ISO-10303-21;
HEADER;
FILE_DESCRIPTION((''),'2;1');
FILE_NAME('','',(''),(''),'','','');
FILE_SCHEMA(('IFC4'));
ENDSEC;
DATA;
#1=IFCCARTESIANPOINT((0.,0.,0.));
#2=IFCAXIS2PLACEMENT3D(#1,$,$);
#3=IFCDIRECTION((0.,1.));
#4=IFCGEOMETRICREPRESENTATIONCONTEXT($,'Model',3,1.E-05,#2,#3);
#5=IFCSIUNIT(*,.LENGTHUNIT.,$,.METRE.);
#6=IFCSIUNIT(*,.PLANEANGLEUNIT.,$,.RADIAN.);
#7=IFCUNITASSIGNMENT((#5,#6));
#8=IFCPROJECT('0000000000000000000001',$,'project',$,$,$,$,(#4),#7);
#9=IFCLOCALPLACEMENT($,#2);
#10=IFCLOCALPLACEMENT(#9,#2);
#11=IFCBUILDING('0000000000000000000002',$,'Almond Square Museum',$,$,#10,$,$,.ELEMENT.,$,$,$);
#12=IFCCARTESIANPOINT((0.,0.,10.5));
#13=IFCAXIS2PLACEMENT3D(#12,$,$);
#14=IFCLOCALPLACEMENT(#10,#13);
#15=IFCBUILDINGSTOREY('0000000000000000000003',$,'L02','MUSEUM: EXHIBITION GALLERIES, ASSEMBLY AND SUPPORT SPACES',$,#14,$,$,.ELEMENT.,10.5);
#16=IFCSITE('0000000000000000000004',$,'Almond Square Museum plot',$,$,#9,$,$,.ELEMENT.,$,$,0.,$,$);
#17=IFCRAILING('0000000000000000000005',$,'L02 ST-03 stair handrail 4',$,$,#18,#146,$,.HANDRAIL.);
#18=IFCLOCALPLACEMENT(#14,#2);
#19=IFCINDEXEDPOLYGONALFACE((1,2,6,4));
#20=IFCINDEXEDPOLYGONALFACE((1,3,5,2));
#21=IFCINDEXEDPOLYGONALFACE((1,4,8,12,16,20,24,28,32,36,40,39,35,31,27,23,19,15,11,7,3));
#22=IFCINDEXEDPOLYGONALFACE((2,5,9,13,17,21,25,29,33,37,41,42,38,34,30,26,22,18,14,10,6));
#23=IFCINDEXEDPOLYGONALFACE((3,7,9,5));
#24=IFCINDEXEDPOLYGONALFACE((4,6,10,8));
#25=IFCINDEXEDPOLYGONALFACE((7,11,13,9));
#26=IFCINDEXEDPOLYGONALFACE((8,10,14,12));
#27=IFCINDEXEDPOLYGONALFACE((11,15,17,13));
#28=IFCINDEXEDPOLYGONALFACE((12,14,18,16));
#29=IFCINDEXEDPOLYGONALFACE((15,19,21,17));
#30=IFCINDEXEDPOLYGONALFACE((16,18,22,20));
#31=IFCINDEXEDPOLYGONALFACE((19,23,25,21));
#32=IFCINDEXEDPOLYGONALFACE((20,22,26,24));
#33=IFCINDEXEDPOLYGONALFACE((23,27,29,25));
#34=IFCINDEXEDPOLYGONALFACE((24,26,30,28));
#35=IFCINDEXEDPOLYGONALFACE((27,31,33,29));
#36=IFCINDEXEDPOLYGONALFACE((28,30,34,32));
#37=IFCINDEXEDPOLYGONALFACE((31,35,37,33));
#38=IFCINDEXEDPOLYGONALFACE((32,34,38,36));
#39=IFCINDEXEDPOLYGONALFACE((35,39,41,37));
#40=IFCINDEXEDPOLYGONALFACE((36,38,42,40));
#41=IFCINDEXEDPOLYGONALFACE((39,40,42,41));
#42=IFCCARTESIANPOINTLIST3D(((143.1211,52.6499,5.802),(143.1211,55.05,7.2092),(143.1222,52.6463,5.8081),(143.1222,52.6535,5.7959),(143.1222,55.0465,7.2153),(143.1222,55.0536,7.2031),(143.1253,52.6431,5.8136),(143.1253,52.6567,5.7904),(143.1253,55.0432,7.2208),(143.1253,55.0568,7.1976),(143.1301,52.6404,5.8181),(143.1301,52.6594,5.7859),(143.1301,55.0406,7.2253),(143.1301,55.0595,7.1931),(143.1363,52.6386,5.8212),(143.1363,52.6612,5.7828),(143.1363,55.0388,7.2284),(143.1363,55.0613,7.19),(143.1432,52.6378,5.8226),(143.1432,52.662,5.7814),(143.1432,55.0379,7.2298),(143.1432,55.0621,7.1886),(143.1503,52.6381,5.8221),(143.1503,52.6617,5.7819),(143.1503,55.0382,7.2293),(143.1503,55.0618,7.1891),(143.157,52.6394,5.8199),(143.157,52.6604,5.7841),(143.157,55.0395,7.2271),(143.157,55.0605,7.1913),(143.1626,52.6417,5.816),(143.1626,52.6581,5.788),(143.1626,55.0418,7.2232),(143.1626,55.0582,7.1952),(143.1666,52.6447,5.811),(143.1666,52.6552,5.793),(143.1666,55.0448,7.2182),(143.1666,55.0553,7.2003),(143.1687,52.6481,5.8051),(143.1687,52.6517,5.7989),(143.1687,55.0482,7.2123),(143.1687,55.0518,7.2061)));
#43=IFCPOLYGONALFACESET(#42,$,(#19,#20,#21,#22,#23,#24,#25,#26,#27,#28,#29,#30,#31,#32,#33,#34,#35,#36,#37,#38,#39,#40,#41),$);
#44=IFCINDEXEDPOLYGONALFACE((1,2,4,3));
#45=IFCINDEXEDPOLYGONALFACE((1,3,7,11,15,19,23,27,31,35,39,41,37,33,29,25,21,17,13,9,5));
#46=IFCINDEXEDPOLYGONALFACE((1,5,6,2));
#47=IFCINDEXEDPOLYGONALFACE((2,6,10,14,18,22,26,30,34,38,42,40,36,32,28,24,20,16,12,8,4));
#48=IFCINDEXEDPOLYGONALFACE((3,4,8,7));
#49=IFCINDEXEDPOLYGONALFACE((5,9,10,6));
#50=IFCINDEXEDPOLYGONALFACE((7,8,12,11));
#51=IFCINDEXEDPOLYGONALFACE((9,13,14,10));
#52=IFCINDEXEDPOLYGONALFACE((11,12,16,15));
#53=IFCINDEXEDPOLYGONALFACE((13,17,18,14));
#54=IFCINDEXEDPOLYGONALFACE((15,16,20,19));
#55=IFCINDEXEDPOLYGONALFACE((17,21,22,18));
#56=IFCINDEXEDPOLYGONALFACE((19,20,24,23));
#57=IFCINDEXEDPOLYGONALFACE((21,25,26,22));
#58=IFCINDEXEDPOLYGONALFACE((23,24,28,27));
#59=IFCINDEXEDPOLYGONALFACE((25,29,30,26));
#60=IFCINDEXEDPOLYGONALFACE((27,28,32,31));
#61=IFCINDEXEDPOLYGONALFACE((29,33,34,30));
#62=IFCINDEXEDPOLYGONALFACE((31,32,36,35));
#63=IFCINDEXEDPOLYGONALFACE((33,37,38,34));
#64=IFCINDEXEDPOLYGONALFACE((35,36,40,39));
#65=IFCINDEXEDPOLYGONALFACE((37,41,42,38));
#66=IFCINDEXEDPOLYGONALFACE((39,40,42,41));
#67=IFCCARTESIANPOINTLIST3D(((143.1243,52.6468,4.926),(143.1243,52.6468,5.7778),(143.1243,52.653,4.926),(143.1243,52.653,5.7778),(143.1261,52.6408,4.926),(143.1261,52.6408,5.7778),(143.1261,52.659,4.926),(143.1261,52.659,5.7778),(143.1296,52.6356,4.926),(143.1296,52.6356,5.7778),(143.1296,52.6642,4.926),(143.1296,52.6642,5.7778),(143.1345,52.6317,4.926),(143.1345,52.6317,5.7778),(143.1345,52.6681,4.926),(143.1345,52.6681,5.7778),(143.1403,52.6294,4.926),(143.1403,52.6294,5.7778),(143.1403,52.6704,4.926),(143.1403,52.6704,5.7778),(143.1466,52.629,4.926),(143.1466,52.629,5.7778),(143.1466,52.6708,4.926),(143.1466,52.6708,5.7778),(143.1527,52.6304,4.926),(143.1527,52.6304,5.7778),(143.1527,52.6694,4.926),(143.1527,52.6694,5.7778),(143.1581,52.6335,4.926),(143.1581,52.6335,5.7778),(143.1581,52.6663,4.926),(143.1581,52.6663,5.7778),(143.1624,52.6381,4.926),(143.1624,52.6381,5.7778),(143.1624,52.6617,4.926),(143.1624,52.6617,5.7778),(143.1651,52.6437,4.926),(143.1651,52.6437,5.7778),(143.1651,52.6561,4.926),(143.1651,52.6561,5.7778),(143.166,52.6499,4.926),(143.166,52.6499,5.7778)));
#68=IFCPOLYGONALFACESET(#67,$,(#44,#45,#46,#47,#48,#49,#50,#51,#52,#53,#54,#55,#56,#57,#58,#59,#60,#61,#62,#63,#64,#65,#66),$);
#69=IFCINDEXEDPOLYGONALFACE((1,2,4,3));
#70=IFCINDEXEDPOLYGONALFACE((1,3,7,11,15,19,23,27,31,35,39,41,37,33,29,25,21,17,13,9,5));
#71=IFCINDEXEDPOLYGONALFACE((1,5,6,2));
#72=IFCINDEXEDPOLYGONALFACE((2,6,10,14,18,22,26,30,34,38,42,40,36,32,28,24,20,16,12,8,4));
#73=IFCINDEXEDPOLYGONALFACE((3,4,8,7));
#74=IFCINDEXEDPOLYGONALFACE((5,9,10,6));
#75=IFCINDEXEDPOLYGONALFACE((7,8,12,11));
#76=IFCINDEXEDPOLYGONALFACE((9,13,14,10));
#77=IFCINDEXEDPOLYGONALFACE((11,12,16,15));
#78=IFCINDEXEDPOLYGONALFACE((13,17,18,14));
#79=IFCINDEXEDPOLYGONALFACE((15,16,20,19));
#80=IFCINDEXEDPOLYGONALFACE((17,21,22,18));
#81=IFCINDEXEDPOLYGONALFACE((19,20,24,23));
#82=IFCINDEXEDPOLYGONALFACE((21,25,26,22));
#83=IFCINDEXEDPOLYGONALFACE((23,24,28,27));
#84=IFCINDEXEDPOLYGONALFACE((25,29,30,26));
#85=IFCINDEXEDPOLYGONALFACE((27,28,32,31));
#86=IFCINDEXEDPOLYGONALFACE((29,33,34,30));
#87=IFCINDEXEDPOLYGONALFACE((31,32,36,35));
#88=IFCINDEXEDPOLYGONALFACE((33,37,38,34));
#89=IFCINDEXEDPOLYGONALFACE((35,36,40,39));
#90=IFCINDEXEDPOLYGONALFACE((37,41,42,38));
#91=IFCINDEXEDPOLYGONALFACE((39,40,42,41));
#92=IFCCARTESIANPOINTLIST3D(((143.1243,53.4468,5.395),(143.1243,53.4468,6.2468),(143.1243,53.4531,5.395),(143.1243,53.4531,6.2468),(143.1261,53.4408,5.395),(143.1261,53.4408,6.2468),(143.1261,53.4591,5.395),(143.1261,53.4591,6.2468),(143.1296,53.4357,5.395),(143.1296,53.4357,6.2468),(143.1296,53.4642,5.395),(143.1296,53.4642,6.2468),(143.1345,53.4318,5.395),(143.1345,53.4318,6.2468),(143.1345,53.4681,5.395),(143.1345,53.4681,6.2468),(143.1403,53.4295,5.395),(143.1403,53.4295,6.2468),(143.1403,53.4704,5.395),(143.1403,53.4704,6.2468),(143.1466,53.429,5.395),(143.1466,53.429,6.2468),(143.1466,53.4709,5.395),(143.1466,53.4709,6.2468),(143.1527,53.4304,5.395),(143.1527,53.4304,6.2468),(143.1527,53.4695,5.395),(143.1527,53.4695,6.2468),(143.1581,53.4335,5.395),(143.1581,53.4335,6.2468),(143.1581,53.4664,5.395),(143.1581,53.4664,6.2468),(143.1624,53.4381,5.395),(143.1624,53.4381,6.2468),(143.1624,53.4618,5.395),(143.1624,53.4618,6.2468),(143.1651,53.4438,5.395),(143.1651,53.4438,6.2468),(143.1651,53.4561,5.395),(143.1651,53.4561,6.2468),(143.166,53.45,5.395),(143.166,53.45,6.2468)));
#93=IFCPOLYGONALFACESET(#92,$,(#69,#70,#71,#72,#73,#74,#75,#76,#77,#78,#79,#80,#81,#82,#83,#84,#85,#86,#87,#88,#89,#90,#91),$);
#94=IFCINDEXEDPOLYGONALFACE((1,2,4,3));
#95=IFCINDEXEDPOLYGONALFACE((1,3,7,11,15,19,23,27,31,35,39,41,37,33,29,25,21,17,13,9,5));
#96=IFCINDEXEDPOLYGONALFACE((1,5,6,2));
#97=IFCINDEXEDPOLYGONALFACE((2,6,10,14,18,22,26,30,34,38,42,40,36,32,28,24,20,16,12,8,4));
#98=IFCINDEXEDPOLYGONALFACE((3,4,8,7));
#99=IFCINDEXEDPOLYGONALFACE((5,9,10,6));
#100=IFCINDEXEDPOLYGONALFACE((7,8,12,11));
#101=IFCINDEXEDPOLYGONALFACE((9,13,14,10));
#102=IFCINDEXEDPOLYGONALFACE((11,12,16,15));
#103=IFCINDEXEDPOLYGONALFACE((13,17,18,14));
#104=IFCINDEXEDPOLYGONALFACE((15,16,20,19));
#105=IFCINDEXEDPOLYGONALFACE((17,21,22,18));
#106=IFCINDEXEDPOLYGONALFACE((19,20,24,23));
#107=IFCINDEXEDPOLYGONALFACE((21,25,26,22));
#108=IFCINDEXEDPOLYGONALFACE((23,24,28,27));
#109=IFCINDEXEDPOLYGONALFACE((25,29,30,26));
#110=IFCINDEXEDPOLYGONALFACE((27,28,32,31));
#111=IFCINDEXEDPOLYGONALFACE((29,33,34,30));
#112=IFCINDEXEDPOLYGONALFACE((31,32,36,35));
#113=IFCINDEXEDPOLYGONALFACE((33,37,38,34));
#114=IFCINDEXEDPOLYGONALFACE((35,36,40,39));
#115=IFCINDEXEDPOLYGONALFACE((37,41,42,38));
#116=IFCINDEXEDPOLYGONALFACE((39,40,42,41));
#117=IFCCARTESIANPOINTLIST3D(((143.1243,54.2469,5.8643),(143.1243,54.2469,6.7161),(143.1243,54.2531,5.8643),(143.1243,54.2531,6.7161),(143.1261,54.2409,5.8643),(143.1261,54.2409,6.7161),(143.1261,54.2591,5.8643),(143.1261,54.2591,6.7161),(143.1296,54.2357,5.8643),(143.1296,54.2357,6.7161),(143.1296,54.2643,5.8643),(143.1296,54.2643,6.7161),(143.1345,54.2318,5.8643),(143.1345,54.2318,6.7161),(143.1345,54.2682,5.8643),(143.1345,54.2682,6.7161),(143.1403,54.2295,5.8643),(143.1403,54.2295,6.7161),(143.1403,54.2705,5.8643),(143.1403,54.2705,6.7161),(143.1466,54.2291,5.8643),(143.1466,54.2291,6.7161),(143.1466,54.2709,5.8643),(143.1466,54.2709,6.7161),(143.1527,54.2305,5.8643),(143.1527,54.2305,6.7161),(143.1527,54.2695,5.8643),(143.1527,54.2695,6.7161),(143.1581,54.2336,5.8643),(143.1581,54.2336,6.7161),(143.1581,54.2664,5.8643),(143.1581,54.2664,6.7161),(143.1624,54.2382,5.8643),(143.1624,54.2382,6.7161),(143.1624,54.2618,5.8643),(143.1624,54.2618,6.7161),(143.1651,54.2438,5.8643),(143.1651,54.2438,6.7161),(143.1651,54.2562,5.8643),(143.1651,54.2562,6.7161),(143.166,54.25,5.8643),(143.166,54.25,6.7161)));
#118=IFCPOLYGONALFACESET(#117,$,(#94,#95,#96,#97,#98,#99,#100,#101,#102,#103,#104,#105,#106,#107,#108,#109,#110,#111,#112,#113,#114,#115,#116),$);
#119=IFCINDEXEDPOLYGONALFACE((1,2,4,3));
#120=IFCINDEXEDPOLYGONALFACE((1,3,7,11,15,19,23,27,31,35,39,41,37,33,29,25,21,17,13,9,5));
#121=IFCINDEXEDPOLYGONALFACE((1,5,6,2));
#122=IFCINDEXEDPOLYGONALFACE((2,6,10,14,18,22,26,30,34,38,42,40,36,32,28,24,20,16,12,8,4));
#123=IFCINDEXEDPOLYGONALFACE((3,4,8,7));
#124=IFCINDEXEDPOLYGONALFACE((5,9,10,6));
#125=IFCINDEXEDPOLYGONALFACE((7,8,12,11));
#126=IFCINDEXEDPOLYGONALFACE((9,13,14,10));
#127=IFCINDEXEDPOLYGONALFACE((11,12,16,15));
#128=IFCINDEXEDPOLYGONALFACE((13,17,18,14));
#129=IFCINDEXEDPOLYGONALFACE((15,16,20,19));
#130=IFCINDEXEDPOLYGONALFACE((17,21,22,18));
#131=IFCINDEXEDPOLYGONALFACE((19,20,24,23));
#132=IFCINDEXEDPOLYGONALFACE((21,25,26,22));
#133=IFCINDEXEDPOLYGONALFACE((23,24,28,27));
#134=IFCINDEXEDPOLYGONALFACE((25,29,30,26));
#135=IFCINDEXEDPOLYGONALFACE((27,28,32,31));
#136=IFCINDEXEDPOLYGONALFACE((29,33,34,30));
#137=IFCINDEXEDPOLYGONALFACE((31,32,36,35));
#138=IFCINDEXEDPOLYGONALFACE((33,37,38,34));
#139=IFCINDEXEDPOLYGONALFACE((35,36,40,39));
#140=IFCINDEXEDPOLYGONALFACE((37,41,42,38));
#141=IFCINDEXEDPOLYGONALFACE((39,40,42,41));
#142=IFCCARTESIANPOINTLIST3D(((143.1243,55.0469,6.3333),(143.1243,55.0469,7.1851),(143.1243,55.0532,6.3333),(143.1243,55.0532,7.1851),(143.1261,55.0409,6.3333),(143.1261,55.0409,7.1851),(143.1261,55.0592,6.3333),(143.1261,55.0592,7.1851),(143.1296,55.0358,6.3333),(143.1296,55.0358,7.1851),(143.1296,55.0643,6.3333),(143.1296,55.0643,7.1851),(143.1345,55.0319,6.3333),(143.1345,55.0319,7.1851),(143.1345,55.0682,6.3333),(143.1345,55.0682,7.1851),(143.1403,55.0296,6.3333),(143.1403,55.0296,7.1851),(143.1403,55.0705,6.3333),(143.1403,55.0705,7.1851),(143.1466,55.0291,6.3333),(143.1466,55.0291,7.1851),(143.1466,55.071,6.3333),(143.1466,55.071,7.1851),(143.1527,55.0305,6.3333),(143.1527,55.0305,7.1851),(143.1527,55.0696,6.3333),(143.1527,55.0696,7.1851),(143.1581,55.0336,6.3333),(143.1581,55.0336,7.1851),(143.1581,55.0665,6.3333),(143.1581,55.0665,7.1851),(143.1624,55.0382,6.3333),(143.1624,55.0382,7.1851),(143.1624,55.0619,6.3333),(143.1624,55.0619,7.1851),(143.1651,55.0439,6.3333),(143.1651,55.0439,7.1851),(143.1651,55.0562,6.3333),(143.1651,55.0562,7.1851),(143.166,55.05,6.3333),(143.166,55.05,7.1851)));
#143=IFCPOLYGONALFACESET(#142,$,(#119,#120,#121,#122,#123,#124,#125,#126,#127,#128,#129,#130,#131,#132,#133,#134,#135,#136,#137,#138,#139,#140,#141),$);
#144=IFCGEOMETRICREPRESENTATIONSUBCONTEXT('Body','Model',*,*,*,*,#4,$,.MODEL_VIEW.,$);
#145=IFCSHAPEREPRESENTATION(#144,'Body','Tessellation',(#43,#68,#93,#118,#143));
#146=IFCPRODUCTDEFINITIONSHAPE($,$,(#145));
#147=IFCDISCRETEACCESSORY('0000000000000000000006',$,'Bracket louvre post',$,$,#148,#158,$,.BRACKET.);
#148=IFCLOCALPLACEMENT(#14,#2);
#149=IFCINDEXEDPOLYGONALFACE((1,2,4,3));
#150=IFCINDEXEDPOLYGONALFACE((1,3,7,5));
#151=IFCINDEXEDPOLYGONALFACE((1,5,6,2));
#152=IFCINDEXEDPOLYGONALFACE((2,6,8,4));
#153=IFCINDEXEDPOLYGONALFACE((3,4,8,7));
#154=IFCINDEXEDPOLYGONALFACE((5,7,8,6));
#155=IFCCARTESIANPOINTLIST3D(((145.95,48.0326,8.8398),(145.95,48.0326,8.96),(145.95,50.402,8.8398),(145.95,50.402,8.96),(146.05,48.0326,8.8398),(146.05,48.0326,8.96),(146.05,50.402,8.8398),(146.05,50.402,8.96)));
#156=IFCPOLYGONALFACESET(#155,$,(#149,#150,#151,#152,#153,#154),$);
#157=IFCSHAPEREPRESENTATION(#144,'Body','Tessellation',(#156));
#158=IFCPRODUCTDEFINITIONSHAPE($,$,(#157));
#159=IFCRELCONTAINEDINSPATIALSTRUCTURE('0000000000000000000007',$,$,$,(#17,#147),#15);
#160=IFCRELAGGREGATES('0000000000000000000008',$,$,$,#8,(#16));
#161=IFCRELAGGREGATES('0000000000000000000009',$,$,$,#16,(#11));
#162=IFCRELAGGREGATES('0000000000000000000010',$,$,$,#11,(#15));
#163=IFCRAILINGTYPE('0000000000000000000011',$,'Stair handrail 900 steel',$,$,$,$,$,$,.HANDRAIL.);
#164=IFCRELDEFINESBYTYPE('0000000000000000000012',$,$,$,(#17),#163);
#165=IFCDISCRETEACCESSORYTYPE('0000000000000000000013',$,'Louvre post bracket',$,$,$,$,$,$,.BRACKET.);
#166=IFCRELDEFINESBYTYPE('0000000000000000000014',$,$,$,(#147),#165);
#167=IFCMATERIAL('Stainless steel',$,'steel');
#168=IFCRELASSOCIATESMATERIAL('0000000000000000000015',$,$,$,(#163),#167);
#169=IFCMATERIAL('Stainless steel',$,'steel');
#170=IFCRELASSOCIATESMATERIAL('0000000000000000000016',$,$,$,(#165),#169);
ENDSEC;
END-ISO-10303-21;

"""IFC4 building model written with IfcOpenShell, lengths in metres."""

from ifc_helpers import new_model, si_unit, direction, frame, origin, origin_2d, place, context, subcontext, project, spatial, rectangle, circle, extrude, material, type_object, element, save


model = new_model("IFC4")

# Units and contexts
model_context = context("Model", 3, precision=1e-05, world=origin(), true_north=direction((0.0, 1.0)))
body_context = subcontext(model_context, "Body", "Model", "MODEL_VIEW")
ifc_project = project(units=[si_unit("LENGTHUNIT", "METRE"), si_unit("PLANEANGLEUNIT", "RADIAN")], contexts=[model_context])

# Site, building, storey
site_placement = place(None, origin())
site = spatial("IfcSite", under=ifc_project, at=site_placement, Name="Almond Square Museum plot", CompositionType="ELEMENT", RefElevation=0.0)
building_placement = place(site_placement, origin())
building = spatial("IfcBuilding", under=site, at=building_placement, Name="Almond Square Museum", CompositionType="ELEMENT")
storey_placement = place(building_placement, frame((0.0, 0.0, 10.5)))
storey = spatial("IfcBuildingStorey", under=building, at=storey_placement, Name="L02", Description="MUSEUM: EXHIBITION GALLERIES, ASSEMBLY AND SUPPORT SPACES", CompositionType="ELEMENT", Elevation=10.5)

# Railing
ifc_material_1 = material(Name="Stainless steel", Category="steel")
railing_type_1 = type_object("IfcRailingType", Name="Stair handrail 900 steel", PredefinedType="HANDRAIL", material=ifc_material_1)
railing_1_placement = place(storey_placement, frame((143.145, 52.6499, 4.926)))
element("IfcRailing", 1, at=railing_1_placement, inside=storey, type_object=railing_type_1, Name="L02 ST-03 stair handrail 4", PredefinedType="HANDRAIL", context=body_context, shape_type="SweptSolid", body=[
    extrude(circle(Radius=0.0239, at=origin_2d()), frame((0.0, 0.0, 0.876), z_axis=(0.0, 0.86266, 0.505785), x_axis=(-1.0, 0.0, 0.0)), (0.0, 0.0, 1.0), 2.7822),
    extrude(circle(Radius=0.021, at=origin_2d()), origin(), (0.0, 0.0, 1.0), 0.8518),
    extrude(circle(Radius=0.021, at=origin_2d()), frame((0.0, 0.8, 0.469)), (0.0, 0.0, 1.0), 0.8518),
    extrude(circle(Radius=0.021, at=origin_2d()), frame((0.0, 1.6001, 0.9382)), (0.0, 0.0, 1.0), 0.8518),
    extrude(circle(Radius=0.021, at=origin_2d()), frame((0.0, 2.4001, 1.4072)), (0.0, 0.0, 1.0), 0.8518),
])

# Discrete accessory
ifc_material_2 = material(Name="Stainless steel", Category="steel")
discrete_accessory_type = type_object("IfcDiscreteAccessoryType", Name="Louvre post bracket", PredefinedType="BRACKET", material=ifc_material_2)
discrete_accessory_placement = place(storey_placement, frame((146.0, 49.2173, 8.8398), z_axis=(0.0, 0.0, 1.0), x_axis=(1.0, 0.0, 0.0)))
element("IfcDiscreteAccessory", 2, at=discrete_accessory_placement, inside=storey, type_object=discrete_accessory_type, Name="Bracket louvre post", PredefinedType="BRACKET", context=body_context, shape_type="SweptSolid", body=[
    extrude(rectangle(XDim=0.1001, YDim=2.3694, at=origin_2d()), origin(), (0.0, 0.0, 1.0), 0.1201),
])

save(model, "model.ifc")
